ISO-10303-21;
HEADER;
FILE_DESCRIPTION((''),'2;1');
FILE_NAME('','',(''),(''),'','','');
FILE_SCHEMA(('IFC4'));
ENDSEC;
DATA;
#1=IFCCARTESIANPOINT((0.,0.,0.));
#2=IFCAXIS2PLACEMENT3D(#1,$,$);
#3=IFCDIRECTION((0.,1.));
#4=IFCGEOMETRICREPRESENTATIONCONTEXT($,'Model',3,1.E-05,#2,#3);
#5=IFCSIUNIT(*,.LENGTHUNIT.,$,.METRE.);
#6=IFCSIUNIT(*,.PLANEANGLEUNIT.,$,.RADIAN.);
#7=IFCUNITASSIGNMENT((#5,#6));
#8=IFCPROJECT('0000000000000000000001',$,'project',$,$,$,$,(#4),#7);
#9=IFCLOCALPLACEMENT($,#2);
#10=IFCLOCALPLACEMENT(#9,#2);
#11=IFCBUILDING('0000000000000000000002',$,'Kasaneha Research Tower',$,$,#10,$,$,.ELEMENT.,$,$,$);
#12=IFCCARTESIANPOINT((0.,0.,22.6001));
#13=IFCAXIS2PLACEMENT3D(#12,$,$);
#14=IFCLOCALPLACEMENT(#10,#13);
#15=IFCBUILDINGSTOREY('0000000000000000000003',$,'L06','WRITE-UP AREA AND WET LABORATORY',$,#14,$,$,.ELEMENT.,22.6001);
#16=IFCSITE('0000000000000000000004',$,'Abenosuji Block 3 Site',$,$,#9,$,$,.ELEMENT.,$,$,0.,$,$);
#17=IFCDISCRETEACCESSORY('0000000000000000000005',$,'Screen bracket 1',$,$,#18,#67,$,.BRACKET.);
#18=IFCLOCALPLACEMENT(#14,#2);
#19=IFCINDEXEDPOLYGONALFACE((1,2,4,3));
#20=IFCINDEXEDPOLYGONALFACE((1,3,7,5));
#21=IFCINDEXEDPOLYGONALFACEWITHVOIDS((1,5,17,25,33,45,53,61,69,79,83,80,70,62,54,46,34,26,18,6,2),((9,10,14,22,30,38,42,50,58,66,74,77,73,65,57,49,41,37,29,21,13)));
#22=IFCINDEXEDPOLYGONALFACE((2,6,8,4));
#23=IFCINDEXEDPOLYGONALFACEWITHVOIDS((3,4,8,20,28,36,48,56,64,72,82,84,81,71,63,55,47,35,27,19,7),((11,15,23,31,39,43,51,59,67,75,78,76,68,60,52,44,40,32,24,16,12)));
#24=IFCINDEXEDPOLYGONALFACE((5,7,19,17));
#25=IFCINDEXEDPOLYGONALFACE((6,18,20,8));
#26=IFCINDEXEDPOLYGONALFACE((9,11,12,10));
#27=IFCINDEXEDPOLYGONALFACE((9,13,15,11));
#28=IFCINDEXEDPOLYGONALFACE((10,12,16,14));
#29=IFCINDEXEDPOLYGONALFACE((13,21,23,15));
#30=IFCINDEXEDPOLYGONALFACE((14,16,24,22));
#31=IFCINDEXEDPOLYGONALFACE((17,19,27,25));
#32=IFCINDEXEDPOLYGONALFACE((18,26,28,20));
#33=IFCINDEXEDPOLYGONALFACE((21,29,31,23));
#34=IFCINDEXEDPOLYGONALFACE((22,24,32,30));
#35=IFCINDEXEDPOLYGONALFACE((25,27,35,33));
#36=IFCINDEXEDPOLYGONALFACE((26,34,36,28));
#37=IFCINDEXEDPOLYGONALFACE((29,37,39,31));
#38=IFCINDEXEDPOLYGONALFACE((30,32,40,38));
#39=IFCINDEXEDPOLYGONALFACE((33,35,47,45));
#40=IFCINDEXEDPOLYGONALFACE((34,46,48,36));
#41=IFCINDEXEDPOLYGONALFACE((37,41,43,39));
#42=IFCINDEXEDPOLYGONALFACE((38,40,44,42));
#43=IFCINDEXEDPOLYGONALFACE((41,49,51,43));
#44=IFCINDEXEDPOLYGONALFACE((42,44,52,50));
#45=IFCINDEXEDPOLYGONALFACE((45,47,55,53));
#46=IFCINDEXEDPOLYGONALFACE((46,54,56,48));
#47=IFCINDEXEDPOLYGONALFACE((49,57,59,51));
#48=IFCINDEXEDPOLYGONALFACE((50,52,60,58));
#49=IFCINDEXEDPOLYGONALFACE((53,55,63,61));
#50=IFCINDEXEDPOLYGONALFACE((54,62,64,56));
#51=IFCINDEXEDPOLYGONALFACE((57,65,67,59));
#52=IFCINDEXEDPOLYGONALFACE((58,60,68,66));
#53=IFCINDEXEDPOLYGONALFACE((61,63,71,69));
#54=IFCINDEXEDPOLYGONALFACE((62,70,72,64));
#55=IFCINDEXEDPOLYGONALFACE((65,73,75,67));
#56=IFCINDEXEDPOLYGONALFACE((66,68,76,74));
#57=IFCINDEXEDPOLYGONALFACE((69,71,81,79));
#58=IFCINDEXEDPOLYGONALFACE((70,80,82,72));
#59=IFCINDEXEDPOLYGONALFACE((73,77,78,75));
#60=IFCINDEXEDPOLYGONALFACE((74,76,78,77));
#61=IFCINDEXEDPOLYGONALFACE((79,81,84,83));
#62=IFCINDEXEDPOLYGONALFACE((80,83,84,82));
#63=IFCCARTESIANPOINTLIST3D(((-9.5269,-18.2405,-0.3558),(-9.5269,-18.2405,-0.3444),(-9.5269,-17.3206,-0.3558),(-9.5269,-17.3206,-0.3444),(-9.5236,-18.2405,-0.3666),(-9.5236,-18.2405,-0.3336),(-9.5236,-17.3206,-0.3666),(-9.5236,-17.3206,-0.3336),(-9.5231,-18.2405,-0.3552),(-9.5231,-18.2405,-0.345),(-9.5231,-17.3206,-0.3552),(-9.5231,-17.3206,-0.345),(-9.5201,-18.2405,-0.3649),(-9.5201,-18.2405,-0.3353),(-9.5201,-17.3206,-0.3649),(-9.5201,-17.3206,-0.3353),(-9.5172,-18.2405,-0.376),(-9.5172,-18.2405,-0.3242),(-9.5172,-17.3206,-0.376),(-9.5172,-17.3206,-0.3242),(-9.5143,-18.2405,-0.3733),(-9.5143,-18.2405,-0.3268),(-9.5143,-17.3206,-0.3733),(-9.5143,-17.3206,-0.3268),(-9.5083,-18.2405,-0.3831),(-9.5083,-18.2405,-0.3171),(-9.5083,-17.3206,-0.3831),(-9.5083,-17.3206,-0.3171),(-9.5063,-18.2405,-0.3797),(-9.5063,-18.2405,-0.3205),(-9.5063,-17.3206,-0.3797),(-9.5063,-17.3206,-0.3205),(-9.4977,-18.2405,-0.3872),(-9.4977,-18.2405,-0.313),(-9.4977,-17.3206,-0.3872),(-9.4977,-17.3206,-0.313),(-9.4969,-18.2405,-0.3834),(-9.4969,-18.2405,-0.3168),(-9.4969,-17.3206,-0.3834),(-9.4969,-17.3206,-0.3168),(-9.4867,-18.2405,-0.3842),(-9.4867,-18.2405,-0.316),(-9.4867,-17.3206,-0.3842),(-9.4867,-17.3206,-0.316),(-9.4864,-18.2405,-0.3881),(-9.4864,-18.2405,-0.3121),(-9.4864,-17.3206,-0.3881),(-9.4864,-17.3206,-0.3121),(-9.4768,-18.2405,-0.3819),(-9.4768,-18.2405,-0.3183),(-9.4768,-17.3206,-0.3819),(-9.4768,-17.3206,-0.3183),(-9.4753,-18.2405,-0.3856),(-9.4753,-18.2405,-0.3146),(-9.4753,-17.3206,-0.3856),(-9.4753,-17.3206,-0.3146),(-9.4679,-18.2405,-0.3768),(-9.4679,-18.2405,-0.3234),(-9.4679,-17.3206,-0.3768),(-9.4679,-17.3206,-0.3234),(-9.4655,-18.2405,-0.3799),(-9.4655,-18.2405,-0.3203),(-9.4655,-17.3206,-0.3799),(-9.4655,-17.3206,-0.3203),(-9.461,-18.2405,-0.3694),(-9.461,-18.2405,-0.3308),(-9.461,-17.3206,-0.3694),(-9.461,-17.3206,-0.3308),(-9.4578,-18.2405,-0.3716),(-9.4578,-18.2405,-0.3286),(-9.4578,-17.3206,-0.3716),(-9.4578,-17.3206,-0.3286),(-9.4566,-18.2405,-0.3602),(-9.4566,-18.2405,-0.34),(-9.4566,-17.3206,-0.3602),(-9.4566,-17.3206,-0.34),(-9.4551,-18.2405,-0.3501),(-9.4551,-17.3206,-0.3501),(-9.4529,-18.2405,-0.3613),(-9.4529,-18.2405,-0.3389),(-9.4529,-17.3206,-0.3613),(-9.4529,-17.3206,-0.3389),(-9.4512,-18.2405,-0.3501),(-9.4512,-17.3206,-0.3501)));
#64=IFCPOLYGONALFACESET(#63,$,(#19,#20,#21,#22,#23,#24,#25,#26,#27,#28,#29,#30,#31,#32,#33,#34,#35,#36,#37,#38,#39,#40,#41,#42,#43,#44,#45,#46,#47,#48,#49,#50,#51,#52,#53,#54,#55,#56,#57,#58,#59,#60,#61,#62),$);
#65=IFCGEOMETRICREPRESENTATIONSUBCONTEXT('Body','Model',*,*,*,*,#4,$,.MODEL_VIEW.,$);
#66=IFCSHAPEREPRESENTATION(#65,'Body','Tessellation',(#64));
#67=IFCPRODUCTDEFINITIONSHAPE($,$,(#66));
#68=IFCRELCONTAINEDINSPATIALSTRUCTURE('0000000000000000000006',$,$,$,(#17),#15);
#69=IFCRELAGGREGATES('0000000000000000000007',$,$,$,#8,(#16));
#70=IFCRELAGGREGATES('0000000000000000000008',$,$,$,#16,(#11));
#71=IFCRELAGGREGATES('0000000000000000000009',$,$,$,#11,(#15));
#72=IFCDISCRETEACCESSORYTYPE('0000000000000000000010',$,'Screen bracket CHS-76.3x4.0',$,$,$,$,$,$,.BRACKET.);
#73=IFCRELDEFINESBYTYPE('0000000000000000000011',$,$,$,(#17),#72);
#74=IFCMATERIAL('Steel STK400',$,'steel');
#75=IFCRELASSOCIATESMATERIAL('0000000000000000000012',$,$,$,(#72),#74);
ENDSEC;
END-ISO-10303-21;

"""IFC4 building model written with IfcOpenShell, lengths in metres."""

from ifc_helpers import new_model, si_unit, direction, frame, origin, origin_2d, place, context, subcontext, project, spatial, hollow_circle, extrude, material, material_profile, profile_set, type_object, element, save


model = new_model("IFC4")

# Units and contexts
model_context = context("Model", 3, precision=1e-05, world=origin(), true_north=direction((0.0, 1.0)))
body_context = subcontext(model_context, "Body", "Model", "MODEL_VIEW")
ifc_project = project(units=[si_unit("LENGTHUNIT", "METRE"), si_unit("PLANEANGLEUNIT", "RADIAN")], contexts=[model_context])

# Site, building, storey
site_placement = place(None, origin())
site = spatial("IfcSite", under=ifc_project, at=site_placement, Name="Abenosuji Block 3 Site", CompositionType="ELEMENT", RefElevation=0.0)
building_placement = place(site_placement, origin())
building = spatial("IfcBuilding", under=site, at=building_placement, Name="Kasaneha Research Tower", CompositionType="ELEMENT")
storey_placement = place(building_placement, frame((0.0, 0.0, 22.6001)))
storey = spatial("IfcBuildingStorey", under=building, at=storey_placement, Name="L06", Description="WRITE-UP AREA AND WET LABORATORY", CompositionType="ELEMENT", Elevation=22.6001)

# Discrete accessory
ifc_material_1 = material(Name="Steel STK400", Category="steel")
ifc_material_profile_1 = material_profile(ifc_material_1, hollow_circle(Radius=0.0381, WallThickness=0.0039, at=origin_2d()), Name="CHS-76.3x4.0")
ifc_profile_set_1 = profile_set([ifc_material_profile_1], Name="Steel STK400")
discrete_accessory_type = type_object("IfcDiscreteAccessoryType", Name="Screen bracket CHS-76.3x4.0", PredefinedType="BRACKET", material=ifc_profile_set_1)
discrete_accessory_placement = place(storey_placement, frame((-9.4893, -17.3206, -0.3501), z_axis=(0.0, -1.0, 0.0), x_axis=(1.0, 0.0, 0.0)))
element("IfcDiscreteAccessory", 1, at=discrete_accessory_placement, inside=storey, type_object=discrete_accessory_type, Name="Screen bracket 1", PredefinedType="BRACKET", context=body_context, shape_type="SweptSolid", body=[
    extrude(hollow_circle(Radius=0.0381, WallThickness=0.0039, at=origin_2d()), origin(), (0.0, 0.0, 1.0), 0.9199),
])

save(model, "model.ifc")
